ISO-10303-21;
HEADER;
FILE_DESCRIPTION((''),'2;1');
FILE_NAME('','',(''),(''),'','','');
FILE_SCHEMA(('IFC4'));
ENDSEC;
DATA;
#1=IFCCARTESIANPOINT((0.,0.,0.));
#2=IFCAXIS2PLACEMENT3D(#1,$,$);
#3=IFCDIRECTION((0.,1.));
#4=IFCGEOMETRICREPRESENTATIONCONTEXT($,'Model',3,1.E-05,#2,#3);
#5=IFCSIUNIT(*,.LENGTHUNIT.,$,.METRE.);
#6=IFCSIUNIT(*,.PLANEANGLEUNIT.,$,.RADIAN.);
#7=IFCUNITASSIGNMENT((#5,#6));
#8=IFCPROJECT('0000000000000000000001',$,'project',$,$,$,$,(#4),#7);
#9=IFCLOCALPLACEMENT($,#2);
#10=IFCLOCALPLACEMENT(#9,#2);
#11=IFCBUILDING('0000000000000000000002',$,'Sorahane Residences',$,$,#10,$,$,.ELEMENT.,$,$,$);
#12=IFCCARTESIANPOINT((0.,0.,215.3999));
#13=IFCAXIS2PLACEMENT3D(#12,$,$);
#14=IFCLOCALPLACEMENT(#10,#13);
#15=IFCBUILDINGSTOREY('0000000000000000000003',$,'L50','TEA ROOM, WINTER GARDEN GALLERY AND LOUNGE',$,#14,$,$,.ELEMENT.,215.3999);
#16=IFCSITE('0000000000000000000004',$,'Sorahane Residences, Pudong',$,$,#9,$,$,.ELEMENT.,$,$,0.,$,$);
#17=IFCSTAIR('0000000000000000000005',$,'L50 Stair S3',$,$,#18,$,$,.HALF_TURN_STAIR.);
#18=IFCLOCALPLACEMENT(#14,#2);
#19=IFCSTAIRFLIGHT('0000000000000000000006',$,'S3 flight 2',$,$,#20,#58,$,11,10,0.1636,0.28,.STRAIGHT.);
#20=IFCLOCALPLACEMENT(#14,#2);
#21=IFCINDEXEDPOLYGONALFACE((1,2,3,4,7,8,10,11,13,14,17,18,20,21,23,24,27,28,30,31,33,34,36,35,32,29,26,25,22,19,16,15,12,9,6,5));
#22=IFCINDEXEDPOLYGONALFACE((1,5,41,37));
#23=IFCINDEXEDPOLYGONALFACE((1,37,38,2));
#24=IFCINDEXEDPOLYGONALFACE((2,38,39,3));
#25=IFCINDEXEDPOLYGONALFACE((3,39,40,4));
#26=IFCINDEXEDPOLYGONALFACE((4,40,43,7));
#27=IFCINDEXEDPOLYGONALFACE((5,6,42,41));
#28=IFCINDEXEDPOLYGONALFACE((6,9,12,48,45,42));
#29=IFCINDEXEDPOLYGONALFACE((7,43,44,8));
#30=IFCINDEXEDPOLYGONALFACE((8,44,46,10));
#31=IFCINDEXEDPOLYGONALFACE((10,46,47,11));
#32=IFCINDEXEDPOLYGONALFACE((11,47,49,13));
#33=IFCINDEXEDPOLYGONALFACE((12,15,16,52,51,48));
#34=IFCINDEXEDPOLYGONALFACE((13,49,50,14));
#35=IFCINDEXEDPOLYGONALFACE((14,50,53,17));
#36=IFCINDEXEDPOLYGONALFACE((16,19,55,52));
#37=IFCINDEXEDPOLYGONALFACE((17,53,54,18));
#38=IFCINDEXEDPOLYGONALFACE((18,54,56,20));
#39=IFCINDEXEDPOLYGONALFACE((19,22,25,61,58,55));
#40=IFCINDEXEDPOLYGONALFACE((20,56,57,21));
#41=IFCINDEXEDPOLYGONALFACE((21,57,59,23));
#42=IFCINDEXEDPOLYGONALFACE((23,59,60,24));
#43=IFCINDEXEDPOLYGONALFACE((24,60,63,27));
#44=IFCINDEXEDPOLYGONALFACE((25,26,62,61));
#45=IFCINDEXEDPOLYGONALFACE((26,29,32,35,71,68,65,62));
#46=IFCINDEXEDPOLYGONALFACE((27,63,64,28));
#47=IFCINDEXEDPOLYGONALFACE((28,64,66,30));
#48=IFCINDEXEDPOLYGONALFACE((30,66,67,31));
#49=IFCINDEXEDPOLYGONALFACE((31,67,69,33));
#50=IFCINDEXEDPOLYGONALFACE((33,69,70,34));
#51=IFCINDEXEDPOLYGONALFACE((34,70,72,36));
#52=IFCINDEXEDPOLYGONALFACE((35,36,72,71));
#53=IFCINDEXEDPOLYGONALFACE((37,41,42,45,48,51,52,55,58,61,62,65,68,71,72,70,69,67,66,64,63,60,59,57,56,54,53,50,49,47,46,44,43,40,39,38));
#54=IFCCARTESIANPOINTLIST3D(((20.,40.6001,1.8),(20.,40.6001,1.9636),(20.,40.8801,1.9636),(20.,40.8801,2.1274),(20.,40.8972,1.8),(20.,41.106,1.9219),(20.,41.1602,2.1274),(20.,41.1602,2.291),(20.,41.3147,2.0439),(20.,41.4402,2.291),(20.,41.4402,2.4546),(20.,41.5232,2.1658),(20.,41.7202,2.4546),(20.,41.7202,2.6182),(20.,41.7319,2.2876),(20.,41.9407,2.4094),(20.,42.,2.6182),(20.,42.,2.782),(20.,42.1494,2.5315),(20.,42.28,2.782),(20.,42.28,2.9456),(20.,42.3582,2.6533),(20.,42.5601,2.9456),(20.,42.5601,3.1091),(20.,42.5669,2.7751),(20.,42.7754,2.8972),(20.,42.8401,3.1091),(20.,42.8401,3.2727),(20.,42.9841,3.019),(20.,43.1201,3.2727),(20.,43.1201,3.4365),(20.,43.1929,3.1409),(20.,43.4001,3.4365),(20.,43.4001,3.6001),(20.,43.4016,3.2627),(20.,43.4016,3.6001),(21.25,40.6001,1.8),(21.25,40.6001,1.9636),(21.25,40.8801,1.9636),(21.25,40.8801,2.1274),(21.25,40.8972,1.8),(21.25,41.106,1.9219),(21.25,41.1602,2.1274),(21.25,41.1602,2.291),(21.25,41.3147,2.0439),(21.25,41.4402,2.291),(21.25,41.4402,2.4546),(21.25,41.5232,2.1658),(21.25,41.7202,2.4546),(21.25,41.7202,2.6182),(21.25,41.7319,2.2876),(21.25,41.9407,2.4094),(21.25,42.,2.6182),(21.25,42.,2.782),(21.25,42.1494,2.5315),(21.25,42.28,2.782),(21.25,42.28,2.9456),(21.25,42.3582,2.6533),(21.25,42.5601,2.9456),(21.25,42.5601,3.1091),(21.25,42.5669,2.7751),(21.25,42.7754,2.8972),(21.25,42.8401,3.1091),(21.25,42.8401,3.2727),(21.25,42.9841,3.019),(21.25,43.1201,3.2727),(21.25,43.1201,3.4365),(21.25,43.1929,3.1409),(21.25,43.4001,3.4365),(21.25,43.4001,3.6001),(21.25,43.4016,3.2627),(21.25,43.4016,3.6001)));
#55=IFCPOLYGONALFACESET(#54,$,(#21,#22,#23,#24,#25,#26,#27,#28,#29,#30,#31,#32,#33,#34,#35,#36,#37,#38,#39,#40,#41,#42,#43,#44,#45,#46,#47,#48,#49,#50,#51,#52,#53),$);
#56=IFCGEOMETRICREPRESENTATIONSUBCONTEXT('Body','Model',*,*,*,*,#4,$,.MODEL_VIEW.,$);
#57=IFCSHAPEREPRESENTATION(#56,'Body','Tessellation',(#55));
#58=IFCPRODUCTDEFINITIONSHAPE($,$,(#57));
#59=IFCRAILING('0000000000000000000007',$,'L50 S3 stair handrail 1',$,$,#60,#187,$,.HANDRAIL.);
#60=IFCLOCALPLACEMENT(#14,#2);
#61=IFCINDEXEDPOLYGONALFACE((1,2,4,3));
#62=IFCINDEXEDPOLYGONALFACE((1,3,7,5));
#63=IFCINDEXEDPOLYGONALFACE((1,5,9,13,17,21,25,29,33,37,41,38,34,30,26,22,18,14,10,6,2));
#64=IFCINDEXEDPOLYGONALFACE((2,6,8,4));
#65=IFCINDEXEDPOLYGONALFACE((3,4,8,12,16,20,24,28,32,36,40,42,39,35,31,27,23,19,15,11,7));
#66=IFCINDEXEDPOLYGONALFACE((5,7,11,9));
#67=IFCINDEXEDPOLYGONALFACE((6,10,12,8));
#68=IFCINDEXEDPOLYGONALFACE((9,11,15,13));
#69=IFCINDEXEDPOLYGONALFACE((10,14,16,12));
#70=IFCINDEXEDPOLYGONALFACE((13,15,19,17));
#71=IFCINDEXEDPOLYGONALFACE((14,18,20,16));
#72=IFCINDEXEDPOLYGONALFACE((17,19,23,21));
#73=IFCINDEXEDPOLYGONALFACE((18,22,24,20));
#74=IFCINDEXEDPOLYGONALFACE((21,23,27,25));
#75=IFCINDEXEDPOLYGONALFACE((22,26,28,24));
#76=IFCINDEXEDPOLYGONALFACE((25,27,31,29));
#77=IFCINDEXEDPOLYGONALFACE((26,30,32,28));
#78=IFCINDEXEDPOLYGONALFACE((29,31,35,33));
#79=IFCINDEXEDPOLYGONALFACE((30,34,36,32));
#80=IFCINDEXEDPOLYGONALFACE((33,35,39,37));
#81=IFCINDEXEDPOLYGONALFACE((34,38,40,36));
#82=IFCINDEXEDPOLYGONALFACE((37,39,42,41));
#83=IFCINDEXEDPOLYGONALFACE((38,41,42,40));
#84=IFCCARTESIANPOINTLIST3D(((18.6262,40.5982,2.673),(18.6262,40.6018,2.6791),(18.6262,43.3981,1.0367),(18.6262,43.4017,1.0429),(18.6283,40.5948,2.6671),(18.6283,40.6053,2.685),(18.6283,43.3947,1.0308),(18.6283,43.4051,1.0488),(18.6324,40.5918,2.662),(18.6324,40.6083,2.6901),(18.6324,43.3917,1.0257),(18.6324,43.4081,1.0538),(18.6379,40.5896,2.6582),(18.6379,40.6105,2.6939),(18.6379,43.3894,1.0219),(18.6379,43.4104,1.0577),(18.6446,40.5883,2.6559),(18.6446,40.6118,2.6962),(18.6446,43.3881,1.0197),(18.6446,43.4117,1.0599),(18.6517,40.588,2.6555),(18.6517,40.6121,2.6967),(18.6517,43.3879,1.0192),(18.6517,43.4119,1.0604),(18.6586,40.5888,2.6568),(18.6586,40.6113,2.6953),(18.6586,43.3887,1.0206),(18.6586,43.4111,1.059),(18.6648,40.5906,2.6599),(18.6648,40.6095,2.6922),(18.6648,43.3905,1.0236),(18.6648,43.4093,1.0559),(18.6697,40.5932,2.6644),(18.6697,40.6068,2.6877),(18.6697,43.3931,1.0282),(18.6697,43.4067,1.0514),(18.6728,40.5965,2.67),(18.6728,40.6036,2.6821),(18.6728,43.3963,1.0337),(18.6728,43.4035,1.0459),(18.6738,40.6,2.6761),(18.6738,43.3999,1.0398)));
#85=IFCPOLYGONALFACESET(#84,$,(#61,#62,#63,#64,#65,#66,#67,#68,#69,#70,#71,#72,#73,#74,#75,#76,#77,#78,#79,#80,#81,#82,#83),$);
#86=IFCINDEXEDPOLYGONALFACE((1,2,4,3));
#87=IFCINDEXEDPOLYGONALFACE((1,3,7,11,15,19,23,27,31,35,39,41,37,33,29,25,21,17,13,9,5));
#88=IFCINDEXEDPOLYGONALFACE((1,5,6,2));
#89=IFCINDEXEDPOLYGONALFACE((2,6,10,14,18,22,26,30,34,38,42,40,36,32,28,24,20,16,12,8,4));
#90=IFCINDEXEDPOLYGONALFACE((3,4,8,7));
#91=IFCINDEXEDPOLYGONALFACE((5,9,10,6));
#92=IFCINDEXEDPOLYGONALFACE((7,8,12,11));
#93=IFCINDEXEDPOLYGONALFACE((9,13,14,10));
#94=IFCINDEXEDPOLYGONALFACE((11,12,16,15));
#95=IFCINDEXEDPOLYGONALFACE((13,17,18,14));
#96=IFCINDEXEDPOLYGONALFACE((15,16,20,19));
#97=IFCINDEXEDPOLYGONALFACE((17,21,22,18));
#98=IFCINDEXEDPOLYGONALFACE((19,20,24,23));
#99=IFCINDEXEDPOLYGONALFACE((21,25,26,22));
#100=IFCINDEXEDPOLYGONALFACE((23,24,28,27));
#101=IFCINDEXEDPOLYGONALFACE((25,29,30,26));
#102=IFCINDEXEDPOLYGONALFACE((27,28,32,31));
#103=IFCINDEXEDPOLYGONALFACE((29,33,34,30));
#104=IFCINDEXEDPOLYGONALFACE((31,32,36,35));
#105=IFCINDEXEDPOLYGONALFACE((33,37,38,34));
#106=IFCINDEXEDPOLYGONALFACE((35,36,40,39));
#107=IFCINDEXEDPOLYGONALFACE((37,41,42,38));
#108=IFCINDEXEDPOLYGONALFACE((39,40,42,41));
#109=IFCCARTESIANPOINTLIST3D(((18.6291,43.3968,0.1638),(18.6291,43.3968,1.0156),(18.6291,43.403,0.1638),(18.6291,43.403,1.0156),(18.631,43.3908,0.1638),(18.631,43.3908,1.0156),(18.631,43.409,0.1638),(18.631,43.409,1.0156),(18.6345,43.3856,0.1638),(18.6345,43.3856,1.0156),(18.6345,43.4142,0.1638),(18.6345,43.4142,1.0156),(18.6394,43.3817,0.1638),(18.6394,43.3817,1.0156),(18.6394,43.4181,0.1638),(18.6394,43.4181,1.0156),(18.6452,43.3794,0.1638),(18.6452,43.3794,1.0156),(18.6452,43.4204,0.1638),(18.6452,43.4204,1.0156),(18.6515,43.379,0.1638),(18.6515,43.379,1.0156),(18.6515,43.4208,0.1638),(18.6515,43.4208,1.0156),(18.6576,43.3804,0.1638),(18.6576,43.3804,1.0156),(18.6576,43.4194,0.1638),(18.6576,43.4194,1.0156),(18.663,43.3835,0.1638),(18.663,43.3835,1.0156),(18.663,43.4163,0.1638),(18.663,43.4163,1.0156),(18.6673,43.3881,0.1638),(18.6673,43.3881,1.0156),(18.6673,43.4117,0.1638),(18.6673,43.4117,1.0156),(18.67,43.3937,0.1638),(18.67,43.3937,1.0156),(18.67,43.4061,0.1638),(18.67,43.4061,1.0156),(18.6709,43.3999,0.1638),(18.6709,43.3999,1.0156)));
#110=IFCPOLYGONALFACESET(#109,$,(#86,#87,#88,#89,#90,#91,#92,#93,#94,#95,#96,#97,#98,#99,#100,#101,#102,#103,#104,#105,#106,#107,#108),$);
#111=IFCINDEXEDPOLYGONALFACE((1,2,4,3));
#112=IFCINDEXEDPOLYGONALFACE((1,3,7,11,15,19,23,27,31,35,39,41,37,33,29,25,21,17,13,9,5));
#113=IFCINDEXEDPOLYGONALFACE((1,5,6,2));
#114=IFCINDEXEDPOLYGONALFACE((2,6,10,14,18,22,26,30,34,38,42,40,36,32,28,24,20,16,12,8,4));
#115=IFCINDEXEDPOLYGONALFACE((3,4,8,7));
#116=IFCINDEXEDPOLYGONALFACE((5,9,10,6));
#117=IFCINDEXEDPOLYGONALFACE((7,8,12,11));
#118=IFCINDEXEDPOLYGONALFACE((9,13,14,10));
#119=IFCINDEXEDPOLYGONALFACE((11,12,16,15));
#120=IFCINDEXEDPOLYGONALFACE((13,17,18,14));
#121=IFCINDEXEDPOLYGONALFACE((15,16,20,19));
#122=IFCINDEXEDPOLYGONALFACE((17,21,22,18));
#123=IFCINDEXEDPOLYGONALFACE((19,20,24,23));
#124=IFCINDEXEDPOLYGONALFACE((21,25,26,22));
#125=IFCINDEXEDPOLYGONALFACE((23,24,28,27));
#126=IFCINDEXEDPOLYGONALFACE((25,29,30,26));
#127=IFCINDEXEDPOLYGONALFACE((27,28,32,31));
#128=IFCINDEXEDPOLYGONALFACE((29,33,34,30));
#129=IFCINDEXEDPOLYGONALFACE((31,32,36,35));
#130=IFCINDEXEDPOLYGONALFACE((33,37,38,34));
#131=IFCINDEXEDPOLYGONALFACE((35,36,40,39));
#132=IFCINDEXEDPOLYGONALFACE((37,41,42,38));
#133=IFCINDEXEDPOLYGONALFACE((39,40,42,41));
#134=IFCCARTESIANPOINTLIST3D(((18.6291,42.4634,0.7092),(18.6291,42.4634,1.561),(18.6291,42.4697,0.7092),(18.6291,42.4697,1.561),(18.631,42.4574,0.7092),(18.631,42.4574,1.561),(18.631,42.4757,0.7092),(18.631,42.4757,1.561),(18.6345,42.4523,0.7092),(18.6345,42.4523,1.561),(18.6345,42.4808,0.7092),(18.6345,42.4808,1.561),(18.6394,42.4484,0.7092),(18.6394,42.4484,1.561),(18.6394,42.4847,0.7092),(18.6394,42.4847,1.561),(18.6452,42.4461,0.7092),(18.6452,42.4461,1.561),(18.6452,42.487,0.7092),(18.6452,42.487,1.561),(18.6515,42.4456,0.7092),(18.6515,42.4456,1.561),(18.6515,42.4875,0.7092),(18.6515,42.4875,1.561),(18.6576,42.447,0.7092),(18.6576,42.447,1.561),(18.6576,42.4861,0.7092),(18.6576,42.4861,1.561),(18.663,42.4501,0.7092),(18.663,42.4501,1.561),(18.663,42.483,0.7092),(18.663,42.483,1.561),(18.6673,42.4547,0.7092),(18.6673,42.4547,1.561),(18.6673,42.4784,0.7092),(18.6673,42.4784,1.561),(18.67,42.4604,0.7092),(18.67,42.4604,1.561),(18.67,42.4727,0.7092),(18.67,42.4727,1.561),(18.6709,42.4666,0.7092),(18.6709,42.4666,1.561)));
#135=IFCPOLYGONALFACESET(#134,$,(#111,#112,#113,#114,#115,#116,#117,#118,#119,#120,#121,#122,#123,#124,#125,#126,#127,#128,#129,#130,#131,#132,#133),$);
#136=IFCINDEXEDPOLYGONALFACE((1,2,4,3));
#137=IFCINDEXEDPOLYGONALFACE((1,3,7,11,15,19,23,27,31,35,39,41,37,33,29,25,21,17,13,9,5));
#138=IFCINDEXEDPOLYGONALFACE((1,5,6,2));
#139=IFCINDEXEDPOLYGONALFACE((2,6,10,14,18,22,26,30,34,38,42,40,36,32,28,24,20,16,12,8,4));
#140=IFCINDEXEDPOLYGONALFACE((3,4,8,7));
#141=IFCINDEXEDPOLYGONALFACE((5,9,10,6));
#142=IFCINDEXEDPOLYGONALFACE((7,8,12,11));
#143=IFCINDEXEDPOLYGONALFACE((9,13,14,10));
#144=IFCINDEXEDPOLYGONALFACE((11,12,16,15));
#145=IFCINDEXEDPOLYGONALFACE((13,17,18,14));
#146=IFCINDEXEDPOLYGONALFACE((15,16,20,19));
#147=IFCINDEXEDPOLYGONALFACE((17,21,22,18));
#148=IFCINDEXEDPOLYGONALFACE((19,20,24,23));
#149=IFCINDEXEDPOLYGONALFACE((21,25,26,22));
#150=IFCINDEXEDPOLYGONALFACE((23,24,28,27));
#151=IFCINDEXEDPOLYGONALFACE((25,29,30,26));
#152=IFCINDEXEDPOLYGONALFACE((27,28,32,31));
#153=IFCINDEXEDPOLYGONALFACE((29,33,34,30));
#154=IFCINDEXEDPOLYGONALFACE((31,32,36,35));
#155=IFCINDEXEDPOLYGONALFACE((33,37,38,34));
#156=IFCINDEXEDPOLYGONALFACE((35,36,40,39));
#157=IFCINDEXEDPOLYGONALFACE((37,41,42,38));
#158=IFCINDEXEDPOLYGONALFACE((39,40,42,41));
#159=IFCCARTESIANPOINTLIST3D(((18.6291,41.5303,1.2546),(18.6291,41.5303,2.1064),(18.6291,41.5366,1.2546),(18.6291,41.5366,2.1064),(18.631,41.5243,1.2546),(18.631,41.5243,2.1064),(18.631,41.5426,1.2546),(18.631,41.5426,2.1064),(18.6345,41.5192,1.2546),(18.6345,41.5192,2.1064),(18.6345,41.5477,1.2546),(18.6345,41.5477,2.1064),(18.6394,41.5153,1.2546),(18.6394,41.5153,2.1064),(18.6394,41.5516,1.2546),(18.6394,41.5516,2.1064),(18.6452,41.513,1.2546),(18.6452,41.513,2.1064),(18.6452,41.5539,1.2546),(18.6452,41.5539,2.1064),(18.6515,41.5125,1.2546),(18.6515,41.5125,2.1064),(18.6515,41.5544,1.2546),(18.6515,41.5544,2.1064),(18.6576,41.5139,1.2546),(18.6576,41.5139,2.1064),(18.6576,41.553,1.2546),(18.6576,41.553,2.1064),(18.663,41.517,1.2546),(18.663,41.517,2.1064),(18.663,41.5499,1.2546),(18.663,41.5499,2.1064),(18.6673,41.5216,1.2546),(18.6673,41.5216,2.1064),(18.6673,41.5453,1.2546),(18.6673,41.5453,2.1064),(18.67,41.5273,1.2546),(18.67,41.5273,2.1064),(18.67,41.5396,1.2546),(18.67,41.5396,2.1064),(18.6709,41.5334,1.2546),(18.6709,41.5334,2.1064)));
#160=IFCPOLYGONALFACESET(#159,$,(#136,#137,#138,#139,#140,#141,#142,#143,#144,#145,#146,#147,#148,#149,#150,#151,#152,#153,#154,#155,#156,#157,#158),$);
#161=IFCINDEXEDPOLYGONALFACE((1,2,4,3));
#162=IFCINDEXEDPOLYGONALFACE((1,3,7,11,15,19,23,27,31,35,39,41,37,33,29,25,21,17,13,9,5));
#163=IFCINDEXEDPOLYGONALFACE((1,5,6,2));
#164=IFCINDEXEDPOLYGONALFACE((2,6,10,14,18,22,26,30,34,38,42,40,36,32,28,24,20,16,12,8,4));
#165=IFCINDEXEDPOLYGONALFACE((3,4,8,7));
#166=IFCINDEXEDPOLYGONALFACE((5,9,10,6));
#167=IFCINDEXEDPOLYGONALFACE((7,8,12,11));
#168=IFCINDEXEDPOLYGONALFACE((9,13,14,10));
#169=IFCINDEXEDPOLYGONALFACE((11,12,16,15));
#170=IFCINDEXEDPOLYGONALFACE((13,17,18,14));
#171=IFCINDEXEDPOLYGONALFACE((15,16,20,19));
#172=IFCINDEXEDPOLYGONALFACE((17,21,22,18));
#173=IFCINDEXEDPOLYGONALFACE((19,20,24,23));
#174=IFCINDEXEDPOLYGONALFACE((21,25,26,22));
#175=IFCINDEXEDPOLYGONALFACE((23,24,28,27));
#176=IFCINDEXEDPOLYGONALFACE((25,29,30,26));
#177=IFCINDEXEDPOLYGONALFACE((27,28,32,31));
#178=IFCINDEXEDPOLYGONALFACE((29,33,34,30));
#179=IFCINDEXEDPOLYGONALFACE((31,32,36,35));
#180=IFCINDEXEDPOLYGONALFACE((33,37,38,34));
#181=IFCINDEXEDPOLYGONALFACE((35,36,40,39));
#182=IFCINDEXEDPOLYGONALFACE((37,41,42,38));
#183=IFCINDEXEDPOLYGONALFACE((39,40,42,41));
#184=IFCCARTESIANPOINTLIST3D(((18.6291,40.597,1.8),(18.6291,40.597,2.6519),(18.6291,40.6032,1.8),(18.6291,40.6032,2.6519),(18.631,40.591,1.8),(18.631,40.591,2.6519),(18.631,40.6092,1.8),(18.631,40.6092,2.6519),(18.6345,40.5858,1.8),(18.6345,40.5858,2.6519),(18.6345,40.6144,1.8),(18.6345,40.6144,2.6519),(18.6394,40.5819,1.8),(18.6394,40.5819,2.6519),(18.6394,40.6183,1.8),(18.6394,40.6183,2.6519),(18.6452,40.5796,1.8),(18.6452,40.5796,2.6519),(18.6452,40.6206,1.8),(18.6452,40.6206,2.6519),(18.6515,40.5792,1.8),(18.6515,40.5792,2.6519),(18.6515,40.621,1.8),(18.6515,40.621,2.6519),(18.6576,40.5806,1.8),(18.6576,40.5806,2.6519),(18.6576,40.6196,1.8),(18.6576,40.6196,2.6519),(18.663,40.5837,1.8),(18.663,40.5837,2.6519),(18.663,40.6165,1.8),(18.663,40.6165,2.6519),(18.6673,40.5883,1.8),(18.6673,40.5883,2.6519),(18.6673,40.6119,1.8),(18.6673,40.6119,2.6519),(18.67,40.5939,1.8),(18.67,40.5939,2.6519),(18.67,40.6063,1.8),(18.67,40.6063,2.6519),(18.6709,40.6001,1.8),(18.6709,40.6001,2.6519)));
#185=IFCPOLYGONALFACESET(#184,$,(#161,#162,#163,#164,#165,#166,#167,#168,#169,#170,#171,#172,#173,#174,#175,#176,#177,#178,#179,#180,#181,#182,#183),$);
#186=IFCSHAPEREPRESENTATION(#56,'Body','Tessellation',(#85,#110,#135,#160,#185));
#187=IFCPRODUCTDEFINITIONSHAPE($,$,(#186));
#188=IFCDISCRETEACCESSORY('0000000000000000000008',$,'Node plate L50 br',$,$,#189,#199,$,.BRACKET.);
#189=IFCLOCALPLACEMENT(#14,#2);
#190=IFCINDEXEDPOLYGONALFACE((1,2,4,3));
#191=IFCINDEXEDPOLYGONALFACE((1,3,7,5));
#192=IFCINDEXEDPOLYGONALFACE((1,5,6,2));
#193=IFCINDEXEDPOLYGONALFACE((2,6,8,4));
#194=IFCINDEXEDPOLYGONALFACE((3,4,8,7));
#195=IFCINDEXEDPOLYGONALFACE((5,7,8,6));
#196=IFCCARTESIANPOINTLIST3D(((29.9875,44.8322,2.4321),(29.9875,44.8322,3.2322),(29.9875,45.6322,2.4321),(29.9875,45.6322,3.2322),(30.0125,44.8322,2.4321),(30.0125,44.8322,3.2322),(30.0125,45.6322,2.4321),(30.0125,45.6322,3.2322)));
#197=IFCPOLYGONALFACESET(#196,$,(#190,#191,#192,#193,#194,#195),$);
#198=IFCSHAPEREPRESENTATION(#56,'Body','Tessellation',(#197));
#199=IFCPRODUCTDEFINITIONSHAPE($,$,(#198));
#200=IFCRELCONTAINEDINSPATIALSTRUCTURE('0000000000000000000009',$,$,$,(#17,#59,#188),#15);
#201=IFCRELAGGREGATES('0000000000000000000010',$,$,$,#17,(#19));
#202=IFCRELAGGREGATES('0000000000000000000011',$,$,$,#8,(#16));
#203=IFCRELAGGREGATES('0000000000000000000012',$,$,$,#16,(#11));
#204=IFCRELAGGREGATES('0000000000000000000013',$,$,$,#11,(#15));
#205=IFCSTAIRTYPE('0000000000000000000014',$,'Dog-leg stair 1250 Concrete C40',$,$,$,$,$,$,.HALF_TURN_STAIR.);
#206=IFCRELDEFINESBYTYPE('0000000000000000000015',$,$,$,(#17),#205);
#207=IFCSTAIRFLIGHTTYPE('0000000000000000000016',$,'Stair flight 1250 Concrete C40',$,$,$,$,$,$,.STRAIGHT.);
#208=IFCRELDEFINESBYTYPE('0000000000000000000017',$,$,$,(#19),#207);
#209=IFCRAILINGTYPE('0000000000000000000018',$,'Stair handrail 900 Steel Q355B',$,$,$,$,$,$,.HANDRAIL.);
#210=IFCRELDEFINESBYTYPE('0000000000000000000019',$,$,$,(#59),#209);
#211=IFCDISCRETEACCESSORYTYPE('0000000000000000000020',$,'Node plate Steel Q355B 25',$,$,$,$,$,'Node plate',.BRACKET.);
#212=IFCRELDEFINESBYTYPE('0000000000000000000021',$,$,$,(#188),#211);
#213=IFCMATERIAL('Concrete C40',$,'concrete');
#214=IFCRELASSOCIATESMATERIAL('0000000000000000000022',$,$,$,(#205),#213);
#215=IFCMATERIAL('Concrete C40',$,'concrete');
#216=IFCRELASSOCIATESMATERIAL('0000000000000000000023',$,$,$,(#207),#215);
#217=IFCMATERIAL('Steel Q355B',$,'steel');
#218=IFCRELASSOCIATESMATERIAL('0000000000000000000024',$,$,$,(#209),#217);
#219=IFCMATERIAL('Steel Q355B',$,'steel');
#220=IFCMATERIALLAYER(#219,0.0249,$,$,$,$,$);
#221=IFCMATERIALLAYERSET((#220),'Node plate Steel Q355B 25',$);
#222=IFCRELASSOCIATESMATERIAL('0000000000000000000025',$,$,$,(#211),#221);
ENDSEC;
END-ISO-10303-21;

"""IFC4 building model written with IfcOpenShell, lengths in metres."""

from ifc_helpers import new_model, si_unit, direction, frame, origin, origin_2d, place, context, subcontext, project, spatial, polyline, rectangle, circle, outline, extrude, material, layer, layer_set, type_object, element, aggregate, save


model = new_model("IFC4")

# Units and contexts
model_context = context("Model", 3, precision=1e-05, world=origin(), true_north=direction((0.0, 1.0)))
body_context = subcontext(model_context, "Body", "Model", "MODEL_VIEW")
ifc_project = project(units=[si_unit("LENGTHUNIT", "METRE"), si_unit("PLANEANGLEUNIT", "RADIAN")], contexts=[model_context])

# Site, building, storey
site_placement = place(None, origin())
site = spatial("IfcSite", under=ifc_project, at=site_placement, Name="Sorahane Residences, Pudong", CompositionType="ELEMENT", RefElevation=0.0)
building_placement = place(site_placement, origin())
building = spatial("IfcBuilding", under=site, at=building_placement, Name="Sorahane Residences", CompositionType="ELEMENT")
storey_placement = place(building_placement, frame((0.0, 0.0, 215.3999)))
storey = spatial("IfcBuildingStorey", under=building, at=storey_placement, Name="L50", Description="TEA ROOM, WINTER GARDEN GALLERY AND LOUNGE", CompositionType="ELEMENT", Elevation=215.3999)

# Stair, stair flight
ifc_material_1 = material(Name="Concrete C40", Category="concrete")
stair_type = type_object("IfcStairType", Name="Dog-leg stair 1250 Concrete C40", PredefinedType="HALF_TURN_STAIR", material=ifc_material_1)
stair_placement = place(storey_placement, origin())
stair = element("IfcStair", 1, at=stair_placement, inside=storey, type_object=stair_type, Name="L50 Stair S3", PredefinedType="HALF_TURN_STAIR")
ifc_material_2 = material(Name="Concrete C40", Category="concrete")
stair_flight_type = type_object("IfcStairFlightType", Name="Stair flight 1250 Concrete C40", PredefinedType="STRAIGHT", material=ifc_material_2)
stair_flight_1_placement = place(storey_placement, frame((20.625, 40.6001, 1.8), z_axis=(0.0, 0.0, 1.0), x_axis=(0.0, 1.0, 0.0)))
stair_flight_1 = element("IfcStairFlight", 2, at=stair_flight_1_placement, type_object=stair_flight_type, Name="S3 flight 2", NumberOfRisers=11, NumberOfTreads=10, PredefinedType="STRAIGHT", RiserHeight=0.1636, TreadLength=0.28, context=body_context, shape_type="SweptSolid", body=[
    extrude(outline(polyline([(0.0, 0.0), (0.0, 0.1636), (0.28, 0.1636), (0.28, 0.3274), (0.5601, 0.3274), (0.5601, 0.491), (0.8401, 0.491), (0.8401, 0.6545), (1.1201, 0.6545), (1.1201, 0.8181), (1.3999, 0.8181), (1.3999, 0.9819), (1.6799, 0.9819), (1.6799, 1.1455), (1.96, 1.1455), (1.96, 1.3091), (2.24, 1.3091), (2.24, 1.4727), (2.52, 1.4727), (2.52, 1.6365), (2.8, 1.6365), (2.8, 1.8), (2.8015, 1.8), (2.8015, 1.4626), (2.5928, 1.3408), (2.384, 1.219), (2.1753, 1.0972), (1.9668, 0.9751), (1.7581, 0.8533), (1.5493, 0.7314), (1.3406, 0.6094), (1.1318, 0.4875), (0.9231, 0.3657), (0.7146, 0.2439), (0.5059, 0.1218), (0.2971, 0.0), (0.0, 0.0)])), frame((0.0, 0.625, 0.0), z_axis=(0.0, -1.0, 0.0), x_axis=(1.0, 0.0, 0.0)), (0.0, 0.0, 1.0), 1.25),
])
aggregate(stair, [stair_flight_1])

# Railing
ifc_material_3 = material(Name="Steel Q355B", Category="steel")
railing_type_1 = type_object("IfcRailingType", Name="Stair handrail 900 Steel Q355B", PredefinedType="HANDRAIL", material=ifc_material_3)
railing_1_placement = place(storey_placement, frame((18.6499, 43.3999, 0.1638)))
element("IfcRailing", 3, at=railing_1_placement, inside=storey, type_object=railing_type_1, Name="L50 S3 stair handrail 1", PredefinedType="HANDRAIL", context=body_context, shape_type="SweptSolid", body=[
    extrude(circle(Radius=0.0239, at=origin_2d()), frame((0.0, 0.0, 0.876), z_axis=(0.0, -0.863374, 0.504564), x_axis=(1.0, 0.0, 0.0)), (0.0, 0.0, 1.0), 3.2429),
    extrude(circle(Radius=0.021, at=origin_2d()), origin(), (0.0, 0.0, 1.0), 0.8518),
    extrude(circle(Radius=0.021, at=origin_2d()), frame((0.0, -0.9333, 0.5454)), (0.0, 0.0, 1.0), 0.8518),
    extrude(circle(Radius=0.021, at=origin_2d()), frame((0.0, -1.8665, 1.0908)), (0.0, 0.0, 1.0), 0.8518),
    extrude(circle(Radius=0.021, at=origin_2d()), frame((0.0, -2.7998, 1.6362)), (0.0, 0.0, 1.0), 0.8518),
])

# Discrete accessory
ifc_material_4 = material(Name="Steel Q355B", Category="steel")
ifc_layer_1 = layer(ifc_material_4, 0.0249)
ifc_layer_set_1 = layer_set([ifc_layer_1], Name="Node plate Steel Q355B 25")
discrete_accessory_type = type_object("IfcDiscreteAccessoryType", Name="Node plate Steel Q355B 25", ElementType="Node plate", PredefinedType="BRACKET", material=ifc_layer_set_1)
for number, where, z_axis, x_axis, name in (
    (4, (30.0, 45.2322, 2.4321), (0.0, 0.0, 1.0), (0.0, 1.0, 0.0), "Node plate L50 br"),
):
    element("IfcDiscreteAccessory", number, at=place(storey_placement, frame(where, z_axis=z_axis, x_axis=x_axis)), inside=storey, type_object=discrete_accessory_type, Name=name, PredefinedType="BRACKET", context=body_context, shape_type="SweptSolid", body=[
        extrude(rectangle(XDim=0.8, YDim=0.0249, at=origin_2d()), origin(), (0.0, 0.0, 1.0), 0.8),
    ])

save(model, "model.ifc")
